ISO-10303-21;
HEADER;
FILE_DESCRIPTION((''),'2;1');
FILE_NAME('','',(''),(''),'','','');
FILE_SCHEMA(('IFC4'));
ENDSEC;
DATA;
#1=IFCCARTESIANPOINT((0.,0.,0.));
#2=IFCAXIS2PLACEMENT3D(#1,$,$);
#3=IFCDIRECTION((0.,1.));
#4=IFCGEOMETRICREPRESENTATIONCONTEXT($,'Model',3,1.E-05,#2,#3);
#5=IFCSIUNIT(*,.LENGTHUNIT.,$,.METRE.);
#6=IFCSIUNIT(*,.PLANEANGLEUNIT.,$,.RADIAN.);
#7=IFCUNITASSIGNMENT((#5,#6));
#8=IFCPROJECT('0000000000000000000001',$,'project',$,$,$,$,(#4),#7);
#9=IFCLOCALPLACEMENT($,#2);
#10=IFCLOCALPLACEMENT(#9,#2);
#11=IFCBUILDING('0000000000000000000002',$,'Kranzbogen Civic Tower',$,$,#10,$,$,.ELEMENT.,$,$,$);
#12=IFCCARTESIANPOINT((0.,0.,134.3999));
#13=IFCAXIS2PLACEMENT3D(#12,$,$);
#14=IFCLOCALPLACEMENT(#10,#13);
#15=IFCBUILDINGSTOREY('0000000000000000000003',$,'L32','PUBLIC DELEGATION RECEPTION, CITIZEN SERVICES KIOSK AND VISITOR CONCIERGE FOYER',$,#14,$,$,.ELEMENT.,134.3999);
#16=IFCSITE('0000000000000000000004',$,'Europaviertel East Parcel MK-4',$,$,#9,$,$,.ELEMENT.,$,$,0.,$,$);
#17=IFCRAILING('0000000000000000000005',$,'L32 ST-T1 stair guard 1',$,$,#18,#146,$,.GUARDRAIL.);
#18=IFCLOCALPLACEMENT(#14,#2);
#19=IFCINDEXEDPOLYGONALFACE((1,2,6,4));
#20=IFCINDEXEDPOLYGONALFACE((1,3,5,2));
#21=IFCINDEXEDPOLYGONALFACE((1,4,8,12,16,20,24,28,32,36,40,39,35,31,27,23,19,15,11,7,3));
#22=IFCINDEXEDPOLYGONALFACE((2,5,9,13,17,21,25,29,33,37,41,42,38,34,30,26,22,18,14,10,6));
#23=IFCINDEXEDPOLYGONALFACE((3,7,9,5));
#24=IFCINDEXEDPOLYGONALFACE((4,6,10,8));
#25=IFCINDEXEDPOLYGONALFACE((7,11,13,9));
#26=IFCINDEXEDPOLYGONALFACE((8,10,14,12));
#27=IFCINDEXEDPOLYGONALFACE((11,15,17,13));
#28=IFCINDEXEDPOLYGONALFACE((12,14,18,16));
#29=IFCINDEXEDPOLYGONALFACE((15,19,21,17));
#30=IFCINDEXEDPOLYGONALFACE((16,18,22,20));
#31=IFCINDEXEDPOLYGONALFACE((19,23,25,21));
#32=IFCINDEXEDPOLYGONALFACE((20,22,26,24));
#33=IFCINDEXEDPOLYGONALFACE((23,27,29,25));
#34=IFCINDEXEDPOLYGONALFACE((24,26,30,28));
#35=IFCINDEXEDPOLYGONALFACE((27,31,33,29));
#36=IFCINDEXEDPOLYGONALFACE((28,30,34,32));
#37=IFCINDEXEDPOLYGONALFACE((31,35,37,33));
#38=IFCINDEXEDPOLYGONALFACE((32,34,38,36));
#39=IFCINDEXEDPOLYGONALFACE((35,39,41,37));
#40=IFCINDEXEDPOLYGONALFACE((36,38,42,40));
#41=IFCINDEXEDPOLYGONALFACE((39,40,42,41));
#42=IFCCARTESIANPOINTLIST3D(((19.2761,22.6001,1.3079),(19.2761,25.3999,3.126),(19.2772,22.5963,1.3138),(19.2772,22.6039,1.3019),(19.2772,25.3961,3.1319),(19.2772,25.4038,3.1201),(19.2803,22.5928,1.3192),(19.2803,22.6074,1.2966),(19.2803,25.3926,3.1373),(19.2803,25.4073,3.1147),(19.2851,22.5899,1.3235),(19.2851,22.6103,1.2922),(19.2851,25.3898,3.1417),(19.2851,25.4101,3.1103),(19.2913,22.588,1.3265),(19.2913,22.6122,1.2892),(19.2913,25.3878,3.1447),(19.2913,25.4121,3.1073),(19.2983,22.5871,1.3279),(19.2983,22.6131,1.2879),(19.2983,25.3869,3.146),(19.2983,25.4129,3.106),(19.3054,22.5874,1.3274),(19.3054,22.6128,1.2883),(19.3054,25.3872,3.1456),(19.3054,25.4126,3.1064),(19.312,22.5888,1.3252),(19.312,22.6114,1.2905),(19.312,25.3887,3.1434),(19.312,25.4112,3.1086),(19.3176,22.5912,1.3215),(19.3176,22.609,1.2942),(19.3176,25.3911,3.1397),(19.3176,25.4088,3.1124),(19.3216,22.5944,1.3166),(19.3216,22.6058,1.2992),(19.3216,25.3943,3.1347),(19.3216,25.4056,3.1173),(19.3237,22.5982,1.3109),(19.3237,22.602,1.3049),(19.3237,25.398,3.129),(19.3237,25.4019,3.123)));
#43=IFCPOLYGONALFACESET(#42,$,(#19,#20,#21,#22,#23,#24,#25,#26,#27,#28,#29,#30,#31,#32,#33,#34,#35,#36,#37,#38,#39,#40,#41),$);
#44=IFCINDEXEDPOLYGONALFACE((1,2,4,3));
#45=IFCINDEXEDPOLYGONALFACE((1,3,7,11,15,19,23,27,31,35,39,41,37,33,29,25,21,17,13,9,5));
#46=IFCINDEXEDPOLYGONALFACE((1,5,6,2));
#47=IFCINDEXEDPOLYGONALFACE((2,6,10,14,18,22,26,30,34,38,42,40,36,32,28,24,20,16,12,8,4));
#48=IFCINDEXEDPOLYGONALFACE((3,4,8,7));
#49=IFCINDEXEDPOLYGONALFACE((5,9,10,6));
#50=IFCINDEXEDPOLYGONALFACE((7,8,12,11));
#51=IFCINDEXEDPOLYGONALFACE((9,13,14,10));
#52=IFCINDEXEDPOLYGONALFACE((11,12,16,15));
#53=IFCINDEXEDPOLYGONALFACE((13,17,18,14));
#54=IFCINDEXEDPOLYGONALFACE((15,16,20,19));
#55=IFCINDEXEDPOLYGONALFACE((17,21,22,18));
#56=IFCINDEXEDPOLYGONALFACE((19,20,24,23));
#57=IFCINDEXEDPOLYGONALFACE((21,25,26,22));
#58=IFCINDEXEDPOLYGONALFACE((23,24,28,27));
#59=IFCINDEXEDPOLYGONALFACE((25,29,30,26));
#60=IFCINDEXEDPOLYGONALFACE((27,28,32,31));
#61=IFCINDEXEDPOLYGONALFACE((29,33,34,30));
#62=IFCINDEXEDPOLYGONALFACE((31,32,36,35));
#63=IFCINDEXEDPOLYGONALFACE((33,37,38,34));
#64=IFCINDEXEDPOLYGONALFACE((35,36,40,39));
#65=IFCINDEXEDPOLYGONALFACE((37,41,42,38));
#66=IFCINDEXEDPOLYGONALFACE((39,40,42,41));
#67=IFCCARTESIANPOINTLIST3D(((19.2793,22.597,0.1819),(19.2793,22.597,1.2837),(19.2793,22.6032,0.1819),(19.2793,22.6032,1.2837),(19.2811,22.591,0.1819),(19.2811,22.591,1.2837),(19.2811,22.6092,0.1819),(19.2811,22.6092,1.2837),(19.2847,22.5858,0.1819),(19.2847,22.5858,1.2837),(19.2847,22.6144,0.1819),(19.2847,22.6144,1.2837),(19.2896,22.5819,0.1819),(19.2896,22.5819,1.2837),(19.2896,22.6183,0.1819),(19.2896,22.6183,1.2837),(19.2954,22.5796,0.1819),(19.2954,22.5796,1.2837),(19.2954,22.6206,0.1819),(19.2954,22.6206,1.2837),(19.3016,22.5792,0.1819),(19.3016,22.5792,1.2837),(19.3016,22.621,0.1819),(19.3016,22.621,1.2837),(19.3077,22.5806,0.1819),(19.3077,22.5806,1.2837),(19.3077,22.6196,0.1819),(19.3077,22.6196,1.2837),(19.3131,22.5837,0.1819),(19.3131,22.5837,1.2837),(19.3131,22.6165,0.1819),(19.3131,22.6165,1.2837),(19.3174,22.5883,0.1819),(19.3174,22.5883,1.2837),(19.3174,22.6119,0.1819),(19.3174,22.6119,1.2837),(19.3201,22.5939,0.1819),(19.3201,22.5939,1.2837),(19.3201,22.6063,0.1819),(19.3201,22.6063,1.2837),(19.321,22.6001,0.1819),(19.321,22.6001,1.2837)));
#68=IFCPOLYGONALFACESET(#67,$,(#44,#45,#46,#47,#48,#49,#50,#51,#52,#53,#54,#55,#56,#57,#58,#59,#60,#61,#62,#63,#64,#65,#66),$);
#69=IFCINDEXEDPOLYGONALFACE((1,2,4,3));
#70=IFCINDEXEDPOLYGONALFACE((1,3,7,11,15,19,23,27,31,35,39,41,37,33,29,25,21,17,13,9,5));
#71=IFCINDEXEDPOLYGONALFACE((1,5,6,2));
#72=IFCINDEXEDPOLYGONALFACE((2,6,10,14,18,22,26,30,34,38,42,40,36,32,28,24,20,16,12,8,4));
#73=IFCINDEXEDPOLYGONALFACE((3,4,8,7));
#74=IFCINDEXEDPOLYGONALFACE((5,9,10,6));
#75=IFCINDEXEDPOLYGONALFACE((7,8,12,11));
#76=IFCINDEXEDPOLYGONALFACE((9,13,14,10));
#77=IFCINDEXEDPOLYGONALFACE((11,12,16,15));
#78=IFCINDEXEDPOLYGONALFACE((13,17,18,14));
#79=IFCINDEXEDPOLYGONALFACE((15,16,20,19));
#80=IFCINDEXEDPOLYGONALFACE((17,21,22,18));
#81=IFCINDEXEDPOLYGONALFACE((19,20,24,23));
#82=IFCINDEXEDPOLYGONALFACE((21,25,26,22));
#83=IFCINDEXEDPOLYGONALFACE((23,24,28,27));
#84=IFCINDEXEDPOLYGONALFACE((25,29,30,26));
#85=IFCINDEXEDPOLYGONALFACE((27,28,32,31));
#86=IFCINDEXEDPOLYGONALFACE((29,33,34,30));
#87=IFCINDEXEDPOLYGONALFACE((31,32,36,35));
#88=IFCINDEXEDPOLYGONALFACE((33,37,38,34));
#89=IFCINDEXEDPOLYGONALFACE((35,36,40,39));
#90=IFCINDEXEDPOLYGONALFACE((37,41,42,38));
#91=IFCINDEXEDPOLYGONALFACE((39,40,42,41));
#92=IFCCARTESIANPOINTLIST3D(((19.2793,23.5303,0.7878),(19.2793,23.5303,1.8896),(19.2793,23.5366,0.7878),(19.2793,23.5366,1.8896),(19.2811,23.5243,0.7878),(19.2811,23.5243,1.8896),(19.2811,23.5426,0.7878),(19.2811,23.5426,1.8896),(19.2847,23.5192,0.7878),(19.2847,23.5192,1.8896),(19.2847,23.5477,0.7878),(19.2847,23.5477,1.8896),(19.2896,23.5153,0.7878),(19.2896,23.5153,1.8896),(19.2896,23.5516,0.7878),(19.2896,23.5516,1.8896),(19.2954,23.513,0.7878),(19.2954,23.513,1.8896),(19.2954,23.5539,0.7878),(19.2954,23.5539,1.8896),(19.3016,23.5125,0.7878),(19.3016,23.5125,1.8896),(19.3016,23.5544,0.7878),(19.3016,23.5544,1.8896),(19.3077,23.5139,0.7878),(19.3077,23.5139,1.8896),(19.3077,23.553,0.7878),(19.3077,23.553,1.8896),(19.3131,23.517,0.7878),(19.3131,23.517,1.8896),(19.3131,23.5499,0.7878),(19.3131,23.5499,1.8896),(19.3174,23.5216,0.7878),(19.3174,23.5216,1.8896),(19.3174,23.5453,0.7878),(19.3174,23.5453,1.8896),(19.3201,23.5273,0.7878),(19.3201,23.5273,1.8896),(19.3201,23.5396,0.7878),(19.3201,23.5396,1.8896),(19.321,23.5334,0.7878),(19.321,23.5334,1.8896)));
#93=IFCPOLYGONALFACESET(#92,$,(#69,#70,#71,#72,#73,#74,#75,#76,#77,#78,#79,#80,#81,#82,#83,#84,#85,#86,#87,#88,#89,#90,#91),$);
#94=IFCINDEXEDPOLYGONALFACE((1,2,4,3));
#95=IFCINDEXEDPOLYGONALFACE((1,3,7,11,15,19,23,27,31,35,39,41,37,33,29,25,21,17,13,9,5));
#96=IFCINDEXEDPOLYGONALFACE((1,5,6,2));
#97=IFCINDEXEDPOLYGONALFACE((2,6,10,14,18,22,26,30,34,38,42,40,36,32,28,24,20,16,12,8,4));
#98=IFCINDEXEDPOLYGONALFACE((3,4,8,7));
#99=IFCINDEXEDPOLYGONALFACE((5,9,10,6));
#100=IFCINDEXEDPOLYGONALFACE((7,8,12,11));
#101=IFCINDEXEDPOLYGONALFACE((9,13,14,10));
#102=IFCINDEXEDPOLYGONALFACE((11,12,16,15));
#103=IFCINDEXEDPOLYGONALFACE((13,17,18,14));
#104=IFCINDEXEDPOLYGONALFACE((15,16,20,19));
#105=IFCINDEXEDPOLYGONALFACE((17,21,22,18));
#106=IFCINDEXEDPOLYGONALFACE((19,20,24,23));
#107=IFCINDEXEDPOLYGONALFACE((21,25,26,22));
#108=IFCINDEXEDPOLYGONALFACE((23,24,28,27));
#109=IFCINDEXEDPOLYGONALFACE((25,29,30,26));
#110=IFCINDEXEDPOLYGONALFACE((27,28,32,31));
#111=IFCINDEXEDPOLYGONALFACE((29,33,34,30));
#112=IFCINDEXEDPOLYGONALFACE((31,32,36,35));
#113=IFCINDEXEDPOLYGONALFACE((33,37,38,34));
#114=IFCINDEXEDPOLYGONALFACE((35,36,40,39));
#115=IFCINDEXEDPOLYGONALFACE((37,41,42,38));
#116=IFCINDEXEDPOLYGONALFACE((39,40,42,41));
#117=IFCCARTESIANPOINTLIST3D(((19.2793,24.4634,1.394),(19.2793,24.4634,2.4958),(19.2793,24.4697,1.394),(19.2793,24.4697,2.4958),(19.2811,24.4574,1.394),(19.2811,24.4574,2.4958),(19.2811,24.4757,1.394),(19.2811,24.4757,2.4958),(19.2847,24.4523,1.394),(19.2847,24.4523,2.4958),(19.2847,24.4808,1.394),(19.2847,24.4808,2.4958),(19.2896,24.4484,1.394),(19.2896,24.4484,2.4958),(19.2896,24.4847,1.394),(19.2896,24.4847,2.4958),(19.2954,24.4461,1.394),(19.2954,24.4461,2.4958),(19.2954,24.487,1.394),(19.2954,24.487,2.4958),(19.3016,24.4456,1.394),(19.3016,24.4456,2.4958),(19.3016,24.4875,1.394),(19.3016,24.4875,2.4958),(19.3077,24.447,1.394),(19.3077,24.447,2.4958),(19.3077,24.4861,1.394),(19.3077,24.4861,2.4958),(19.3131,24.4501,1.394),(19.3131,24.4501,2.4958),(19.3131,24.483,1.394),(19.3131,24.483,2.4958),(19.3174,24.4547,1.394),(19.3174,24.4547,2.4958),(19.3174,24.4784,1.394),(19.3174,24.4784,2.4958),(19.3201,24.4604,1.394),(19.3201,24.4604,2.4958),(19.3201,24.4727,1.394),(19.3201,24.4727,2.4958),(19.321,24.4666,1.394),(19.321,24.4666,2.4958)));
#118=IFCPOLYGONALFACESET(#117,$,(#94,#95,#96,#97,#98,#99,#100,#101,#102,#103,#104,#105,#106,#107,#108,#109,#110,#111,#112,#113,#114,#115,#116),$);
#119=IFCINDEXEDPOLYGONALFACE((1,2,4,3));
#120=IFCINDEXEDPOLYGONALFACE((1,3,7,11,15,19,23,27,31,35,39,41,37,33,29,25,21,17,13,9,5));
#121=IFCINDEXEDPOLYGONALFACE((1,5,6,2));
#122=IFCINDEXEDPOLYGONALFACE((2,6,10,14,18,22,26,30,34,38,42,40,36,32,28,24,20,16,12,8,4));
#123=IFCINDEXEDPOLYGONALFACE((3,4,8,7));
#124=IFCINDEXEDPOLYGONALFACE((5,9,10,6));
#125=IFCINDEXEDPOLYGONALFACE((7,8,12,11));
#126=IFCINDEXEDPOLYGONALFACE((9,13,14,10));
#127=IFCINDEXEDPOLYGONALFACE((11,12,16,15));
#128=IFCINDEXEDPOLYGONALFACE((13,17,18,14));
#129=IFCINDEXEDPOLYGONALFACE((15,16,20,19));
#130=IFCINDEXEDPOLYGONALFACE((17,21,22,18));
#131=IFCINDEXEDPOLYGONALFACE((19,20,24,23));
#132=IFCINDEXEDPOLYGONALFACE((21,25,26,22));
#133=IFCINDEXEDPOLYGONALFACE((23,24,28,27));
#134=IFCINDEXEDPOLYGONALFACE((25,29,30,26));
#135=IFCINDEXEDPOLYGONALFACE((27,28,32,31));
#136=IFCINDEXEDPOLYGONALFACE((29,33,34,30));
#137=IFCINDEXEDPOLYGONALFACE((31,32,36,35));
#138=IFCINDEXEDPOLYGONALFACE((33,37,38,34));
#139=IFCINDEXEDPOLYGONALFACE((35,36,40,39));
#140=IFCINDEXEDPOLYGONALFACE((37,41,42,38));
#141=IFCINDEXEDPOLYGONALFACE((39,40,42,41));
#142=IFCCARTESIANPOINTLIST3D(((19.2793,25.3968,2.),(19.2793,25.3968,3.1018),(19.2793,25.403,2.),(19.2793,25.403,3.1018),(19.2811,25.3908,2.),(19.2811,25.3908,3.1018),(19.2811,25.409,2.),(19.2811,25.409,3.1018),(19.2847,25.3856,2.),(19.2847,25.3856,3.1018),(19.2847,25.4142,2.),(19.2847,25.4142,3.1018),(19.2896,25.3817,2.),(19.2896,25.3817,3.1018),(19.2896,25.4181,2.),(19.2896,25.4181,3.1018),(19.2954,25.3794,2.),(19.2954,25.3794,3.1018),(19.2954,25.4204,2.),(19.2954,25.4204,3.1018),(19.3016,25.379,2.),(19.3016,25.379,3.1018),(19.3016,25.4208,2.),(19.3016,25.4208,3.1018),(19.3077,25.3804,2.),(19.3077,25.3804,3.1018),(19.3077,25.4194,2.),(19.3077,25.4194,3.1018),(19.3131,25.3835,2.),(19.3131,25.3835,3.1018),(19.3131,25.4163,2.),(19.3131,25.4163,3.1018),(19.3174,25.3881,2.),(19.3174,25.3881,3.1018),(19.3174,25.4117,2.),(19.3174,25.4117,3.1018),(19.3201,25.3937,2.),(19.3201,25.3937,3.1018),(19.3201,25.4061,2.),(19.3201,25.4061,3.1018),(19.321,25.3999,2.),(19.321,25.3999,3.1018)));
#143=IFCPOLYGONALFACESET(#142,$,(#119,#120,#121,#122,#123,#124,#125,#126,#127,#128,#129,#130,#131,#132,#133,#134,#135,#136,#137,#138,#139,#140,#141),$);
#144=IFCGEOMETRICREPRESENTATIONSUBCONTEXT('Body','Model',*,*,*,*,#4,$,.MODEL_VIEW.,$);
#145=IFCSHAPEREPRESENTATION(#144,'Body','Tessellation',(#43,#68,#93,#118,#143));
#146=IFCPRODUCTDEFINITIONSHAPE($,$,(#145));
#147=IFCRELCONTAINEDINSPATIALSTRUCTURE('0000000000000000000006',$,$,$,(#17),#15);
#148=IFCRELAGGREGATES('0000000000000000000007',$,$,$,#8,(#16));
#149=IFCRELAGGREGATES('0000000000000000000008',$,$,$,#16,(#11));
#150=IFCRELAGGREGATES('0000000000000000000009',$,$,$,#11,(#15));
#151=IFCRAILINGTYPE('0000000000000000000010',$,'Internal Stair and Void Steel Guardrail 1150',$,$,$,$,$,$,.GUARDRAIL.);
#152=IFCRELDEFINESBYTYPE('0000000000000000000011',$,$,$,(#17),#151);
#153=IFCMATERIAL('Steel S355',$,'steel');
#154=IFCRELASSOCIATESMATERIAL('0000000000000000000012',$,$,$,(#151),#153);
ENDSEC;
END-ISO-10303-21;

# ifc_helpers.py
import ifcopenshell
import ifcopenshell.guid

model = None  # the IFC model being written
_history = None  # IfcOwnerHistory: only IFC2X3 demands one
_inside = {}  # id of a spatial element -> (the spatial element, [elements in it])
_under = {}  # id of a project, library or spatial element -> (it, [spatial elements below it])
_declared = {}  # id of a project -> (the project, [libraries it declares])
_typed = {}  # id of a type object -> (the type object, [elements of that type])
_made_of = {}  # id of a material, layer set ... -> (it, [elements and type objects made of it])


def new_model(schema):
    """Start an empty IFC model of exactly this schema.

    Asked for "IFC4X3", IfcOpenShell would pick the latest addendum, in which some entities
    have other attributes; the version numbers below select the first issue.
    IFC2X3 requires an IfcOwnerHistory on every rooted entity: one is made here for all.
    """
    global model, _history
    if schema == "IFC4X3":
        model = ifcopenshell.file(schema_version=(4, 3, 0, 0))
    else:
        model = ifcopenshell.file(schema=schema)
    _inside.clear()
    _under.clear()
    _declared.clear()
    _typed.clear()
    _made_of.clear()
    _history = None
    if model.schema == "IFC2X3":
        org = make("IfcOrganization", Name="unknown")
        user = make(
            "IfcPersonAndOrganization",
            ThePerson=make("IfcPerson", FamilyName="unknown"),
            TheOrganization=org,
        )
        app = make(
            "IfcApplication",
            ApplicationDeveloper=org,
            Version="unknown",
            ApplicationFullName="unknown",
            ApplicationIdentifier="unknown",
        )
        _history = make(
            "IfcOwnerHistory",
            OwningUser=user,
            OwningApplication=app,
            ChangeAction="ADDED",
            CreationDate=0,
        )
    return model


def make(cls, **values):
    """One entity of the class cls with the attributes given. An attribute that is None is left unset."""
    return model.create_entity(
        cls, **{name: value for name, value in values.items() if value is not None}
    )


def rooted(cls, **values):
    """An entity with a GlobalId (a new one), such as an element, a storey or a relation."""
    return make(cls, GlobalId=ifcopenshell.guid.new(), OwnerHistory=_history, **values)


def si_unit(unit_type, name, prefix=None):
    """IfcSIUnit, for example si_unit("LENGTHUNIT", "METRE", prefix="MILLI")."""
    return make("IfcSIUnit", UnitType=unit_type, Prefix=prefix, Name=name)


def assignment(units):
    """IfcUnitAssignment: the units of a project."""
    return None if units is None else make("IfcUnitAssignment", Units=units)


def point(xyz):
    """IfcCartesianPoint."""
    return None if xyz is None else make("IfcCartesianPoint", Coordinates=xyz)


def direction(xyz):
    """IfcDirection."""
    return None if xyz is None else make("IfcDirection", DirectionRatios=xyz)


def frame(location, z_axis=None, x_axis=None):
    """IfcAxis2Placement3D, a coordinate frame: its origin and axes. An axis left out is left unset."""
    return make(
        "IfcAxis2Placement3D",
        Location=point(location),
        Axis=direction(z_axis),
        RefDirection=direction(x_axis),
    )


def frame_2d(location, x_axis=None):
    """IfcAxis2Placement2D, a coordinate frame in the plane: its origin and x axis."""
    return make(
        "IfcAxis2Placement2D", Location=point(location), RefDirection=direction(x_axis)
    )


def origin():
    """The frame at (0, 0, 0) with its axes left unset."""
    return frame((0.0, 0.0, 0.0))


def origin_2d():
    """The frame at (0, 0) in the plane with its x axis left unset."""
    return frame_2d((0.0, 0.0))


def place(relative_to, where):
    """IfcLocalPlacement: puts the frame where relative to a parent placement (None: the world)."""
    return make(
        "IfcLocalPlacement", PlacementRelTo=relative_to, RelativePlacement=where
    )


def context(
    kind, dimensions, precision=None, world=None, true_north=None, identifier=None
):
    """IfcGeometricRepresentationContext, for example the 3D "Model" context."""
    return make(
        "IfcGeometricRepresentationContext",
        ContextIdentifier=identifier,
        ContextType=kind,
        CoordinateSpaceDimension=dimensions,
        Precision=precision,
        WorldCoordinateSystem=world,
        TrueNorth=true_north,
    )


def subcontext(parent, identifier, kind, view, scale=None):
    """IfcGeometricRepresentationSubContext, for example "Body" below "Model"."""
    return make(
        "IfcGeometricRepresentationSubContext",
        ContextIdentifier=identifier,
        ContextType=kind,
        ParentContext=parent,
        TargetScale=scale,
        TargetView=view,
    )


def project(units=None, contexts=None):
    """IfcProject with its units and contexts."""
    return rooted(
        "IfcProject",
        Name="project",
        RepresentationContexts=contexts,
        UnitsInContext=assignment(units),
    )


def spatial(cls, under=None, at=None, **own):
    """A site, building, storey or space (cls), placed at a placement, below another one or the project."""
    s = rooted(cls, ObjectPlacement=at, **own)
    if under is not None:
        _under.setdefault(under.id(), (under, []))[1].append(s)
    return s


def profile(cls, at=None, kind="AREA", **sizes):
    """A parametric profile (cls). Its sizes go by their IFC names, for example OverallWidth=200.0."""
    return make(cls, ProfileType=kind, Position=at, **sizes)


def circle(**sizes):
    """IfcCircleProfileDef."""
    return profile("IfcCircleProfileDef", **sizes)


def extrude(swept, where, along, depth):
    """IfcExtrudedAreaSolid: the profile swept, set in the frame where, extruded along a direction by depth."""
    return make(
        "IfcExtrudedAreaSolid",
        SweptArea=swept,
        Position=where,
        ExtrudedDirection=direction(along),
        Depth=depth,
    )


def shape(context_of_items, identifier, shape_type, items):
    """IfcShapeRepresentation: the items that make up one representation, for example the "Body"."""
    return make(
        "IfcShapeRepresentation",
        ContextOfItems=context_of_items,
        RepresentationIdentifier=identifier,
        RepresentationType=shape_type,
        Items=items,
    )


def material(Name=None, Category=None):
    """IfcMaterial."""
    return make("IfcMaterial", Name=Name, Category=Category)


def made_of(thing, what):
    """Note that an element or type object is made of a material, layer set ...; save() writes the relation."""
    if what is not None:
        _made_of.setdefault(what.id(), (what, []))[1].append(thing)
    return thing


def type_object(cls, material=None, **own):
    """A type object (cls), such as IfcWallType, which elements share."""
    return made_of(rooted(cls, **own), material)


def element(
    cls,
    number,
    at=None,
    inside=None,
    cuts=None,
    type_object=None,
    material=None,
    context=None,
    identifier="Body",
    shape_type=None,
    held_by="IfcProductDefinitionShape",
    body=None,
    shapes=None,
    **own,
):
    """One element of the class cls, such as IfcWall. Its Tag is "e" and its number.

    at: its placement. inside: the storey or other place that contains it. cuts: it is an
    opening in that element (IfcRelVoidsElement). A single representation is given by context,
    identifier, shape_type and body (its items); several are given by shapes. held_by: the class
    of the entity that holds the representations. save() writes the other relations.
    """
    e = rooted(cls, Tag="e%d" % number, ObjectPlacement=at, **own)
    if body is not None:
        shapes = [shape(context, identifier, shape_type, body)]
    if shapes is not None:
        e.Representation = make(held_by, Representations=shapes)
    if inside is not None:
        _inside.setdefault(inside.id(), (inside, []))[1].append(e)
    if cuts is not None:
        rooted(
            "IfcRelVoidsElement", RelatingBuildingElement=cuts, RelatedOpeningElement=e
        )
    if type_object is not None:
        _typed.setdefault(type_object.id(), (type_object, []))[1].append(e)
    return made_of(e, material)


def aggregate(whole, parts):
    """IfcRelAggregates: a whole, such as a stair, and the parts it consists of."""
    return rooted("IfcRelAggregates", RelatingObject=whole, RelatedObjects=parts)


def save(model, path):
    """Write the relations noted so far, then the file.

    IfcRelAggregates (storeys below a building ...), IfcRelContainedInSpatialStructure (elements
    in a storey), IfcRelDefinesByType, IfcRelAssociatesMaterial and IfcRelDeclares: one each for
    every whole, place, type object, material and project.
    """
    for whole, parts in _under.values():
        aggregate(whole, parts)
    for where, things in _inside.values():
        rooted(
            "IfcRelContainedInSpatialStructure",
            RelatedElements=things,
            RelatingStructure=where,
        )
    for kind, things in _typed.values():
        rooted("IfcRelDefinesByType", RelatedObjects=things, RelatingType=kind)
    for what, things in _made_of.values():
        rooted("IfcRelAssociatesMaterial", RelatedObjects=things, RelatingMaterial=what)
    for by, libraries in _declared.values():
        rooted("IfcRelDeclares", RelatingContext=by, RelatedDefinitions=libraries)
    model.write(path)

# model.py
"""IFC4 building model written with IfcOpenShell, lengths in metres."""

from ifc_helpers import new_model, si_unit, direction, frame, origin, origin_2d, place, context, subcontext, project, spatial, circle, extrude, material, type_object, element, save


model = new_model("IFC4")

# Units and contexts
model_context = context("Model", 3, precision=1e-05, world=origin(), true_north=direction((0.0, 1.0)))
body_context = subcontext(model_context, "Body", "Model", "MODEL_VIEW")
ifc_project = project(units=[si_unit("LENGTHUNIT", "METRE"), si_unit("PLANEANGLEUNIT", "RADIAN")], contexts=[model_context])

# Site, building, storey
site_placement = place(None, origin())
site = spatial("IfcSite", under=ifc_project, at=site_placement, Name="Europaviertel East Parcel MK-4", CompositionType="ELEMENT", RefElevation=0.0)
building_placement = place(site_placement, origin())
building = spatial("IfcBuilding", under=site, at=building_placement, Name="Kranzbogen Civic Tower", CompositionType="ELEMENT")
storey_placement = place(building_placement, frame((0.0, 0.0, 134.3999)))
storey = spatial("IfcBuildingStorey", under=building, at=storey_placement, Name="L32", Description="PUBLIC DELEGATION RECEPTION, CITIZEN SERVICES KIOSK AND VISITOR CONCIERGE FOYER", CompositionType="ELEMENT", Elevation=134.3999)

# Shared definitions
ifc_material_1 = material(Name="Steel S355", Category="steel")

# Railing
railing_type_1 = type_object("IfcRailingType", Name="Internal Stair and Void Steel Guardrail 1150", PredefinedType="GUARDRAIL", material=ifc_material_1)
railing_1_placement = place(storey_placement, frame((19.3, 22.6001, 0.1819)))
element("IfcRailing", 1, at=railing_1_placement, inside=storey, type_object=railing_type_1, Name="L32 ST-T1 stair guard 1", PredefinedType="GUARDRAIL", context=body_context, shape_type="SweptSolid", body=[
    extrude(circle(Radius=0.0239, at=origin_2d()), frame((0.0, 0.0, 1.126), z_axis=(0.0, 0.838684, 0.544618), x_axis=(-1.0, 0.0, 0.0)), (0.0, 0.0, 1.0), 3.3384),
    extrude(circle(Radius=0.021, at=origin_2d()), origin(), (0.0, 0.0, 1.0), 1.1018),
    extrude(circle(Radius=0.021, at=origin_2d()), frame((0.0, 0.9333, 0.606)), (0.0, 0.0, 1.0), 1.1018),
    extrude(circle(Radius=0.021, at=origin_2d()), frame((0.0, 1.8665, 1.2122)), (0.0, 0.0, 1.0), 1.1018),
    extrude(circle(Radius=0.021, at=origin_2d()), frame((0.0, 2.7998, 1.8181)), (0.0, 0.0, 1.0), 1.1018),
])

save(model, "model.ifc")
